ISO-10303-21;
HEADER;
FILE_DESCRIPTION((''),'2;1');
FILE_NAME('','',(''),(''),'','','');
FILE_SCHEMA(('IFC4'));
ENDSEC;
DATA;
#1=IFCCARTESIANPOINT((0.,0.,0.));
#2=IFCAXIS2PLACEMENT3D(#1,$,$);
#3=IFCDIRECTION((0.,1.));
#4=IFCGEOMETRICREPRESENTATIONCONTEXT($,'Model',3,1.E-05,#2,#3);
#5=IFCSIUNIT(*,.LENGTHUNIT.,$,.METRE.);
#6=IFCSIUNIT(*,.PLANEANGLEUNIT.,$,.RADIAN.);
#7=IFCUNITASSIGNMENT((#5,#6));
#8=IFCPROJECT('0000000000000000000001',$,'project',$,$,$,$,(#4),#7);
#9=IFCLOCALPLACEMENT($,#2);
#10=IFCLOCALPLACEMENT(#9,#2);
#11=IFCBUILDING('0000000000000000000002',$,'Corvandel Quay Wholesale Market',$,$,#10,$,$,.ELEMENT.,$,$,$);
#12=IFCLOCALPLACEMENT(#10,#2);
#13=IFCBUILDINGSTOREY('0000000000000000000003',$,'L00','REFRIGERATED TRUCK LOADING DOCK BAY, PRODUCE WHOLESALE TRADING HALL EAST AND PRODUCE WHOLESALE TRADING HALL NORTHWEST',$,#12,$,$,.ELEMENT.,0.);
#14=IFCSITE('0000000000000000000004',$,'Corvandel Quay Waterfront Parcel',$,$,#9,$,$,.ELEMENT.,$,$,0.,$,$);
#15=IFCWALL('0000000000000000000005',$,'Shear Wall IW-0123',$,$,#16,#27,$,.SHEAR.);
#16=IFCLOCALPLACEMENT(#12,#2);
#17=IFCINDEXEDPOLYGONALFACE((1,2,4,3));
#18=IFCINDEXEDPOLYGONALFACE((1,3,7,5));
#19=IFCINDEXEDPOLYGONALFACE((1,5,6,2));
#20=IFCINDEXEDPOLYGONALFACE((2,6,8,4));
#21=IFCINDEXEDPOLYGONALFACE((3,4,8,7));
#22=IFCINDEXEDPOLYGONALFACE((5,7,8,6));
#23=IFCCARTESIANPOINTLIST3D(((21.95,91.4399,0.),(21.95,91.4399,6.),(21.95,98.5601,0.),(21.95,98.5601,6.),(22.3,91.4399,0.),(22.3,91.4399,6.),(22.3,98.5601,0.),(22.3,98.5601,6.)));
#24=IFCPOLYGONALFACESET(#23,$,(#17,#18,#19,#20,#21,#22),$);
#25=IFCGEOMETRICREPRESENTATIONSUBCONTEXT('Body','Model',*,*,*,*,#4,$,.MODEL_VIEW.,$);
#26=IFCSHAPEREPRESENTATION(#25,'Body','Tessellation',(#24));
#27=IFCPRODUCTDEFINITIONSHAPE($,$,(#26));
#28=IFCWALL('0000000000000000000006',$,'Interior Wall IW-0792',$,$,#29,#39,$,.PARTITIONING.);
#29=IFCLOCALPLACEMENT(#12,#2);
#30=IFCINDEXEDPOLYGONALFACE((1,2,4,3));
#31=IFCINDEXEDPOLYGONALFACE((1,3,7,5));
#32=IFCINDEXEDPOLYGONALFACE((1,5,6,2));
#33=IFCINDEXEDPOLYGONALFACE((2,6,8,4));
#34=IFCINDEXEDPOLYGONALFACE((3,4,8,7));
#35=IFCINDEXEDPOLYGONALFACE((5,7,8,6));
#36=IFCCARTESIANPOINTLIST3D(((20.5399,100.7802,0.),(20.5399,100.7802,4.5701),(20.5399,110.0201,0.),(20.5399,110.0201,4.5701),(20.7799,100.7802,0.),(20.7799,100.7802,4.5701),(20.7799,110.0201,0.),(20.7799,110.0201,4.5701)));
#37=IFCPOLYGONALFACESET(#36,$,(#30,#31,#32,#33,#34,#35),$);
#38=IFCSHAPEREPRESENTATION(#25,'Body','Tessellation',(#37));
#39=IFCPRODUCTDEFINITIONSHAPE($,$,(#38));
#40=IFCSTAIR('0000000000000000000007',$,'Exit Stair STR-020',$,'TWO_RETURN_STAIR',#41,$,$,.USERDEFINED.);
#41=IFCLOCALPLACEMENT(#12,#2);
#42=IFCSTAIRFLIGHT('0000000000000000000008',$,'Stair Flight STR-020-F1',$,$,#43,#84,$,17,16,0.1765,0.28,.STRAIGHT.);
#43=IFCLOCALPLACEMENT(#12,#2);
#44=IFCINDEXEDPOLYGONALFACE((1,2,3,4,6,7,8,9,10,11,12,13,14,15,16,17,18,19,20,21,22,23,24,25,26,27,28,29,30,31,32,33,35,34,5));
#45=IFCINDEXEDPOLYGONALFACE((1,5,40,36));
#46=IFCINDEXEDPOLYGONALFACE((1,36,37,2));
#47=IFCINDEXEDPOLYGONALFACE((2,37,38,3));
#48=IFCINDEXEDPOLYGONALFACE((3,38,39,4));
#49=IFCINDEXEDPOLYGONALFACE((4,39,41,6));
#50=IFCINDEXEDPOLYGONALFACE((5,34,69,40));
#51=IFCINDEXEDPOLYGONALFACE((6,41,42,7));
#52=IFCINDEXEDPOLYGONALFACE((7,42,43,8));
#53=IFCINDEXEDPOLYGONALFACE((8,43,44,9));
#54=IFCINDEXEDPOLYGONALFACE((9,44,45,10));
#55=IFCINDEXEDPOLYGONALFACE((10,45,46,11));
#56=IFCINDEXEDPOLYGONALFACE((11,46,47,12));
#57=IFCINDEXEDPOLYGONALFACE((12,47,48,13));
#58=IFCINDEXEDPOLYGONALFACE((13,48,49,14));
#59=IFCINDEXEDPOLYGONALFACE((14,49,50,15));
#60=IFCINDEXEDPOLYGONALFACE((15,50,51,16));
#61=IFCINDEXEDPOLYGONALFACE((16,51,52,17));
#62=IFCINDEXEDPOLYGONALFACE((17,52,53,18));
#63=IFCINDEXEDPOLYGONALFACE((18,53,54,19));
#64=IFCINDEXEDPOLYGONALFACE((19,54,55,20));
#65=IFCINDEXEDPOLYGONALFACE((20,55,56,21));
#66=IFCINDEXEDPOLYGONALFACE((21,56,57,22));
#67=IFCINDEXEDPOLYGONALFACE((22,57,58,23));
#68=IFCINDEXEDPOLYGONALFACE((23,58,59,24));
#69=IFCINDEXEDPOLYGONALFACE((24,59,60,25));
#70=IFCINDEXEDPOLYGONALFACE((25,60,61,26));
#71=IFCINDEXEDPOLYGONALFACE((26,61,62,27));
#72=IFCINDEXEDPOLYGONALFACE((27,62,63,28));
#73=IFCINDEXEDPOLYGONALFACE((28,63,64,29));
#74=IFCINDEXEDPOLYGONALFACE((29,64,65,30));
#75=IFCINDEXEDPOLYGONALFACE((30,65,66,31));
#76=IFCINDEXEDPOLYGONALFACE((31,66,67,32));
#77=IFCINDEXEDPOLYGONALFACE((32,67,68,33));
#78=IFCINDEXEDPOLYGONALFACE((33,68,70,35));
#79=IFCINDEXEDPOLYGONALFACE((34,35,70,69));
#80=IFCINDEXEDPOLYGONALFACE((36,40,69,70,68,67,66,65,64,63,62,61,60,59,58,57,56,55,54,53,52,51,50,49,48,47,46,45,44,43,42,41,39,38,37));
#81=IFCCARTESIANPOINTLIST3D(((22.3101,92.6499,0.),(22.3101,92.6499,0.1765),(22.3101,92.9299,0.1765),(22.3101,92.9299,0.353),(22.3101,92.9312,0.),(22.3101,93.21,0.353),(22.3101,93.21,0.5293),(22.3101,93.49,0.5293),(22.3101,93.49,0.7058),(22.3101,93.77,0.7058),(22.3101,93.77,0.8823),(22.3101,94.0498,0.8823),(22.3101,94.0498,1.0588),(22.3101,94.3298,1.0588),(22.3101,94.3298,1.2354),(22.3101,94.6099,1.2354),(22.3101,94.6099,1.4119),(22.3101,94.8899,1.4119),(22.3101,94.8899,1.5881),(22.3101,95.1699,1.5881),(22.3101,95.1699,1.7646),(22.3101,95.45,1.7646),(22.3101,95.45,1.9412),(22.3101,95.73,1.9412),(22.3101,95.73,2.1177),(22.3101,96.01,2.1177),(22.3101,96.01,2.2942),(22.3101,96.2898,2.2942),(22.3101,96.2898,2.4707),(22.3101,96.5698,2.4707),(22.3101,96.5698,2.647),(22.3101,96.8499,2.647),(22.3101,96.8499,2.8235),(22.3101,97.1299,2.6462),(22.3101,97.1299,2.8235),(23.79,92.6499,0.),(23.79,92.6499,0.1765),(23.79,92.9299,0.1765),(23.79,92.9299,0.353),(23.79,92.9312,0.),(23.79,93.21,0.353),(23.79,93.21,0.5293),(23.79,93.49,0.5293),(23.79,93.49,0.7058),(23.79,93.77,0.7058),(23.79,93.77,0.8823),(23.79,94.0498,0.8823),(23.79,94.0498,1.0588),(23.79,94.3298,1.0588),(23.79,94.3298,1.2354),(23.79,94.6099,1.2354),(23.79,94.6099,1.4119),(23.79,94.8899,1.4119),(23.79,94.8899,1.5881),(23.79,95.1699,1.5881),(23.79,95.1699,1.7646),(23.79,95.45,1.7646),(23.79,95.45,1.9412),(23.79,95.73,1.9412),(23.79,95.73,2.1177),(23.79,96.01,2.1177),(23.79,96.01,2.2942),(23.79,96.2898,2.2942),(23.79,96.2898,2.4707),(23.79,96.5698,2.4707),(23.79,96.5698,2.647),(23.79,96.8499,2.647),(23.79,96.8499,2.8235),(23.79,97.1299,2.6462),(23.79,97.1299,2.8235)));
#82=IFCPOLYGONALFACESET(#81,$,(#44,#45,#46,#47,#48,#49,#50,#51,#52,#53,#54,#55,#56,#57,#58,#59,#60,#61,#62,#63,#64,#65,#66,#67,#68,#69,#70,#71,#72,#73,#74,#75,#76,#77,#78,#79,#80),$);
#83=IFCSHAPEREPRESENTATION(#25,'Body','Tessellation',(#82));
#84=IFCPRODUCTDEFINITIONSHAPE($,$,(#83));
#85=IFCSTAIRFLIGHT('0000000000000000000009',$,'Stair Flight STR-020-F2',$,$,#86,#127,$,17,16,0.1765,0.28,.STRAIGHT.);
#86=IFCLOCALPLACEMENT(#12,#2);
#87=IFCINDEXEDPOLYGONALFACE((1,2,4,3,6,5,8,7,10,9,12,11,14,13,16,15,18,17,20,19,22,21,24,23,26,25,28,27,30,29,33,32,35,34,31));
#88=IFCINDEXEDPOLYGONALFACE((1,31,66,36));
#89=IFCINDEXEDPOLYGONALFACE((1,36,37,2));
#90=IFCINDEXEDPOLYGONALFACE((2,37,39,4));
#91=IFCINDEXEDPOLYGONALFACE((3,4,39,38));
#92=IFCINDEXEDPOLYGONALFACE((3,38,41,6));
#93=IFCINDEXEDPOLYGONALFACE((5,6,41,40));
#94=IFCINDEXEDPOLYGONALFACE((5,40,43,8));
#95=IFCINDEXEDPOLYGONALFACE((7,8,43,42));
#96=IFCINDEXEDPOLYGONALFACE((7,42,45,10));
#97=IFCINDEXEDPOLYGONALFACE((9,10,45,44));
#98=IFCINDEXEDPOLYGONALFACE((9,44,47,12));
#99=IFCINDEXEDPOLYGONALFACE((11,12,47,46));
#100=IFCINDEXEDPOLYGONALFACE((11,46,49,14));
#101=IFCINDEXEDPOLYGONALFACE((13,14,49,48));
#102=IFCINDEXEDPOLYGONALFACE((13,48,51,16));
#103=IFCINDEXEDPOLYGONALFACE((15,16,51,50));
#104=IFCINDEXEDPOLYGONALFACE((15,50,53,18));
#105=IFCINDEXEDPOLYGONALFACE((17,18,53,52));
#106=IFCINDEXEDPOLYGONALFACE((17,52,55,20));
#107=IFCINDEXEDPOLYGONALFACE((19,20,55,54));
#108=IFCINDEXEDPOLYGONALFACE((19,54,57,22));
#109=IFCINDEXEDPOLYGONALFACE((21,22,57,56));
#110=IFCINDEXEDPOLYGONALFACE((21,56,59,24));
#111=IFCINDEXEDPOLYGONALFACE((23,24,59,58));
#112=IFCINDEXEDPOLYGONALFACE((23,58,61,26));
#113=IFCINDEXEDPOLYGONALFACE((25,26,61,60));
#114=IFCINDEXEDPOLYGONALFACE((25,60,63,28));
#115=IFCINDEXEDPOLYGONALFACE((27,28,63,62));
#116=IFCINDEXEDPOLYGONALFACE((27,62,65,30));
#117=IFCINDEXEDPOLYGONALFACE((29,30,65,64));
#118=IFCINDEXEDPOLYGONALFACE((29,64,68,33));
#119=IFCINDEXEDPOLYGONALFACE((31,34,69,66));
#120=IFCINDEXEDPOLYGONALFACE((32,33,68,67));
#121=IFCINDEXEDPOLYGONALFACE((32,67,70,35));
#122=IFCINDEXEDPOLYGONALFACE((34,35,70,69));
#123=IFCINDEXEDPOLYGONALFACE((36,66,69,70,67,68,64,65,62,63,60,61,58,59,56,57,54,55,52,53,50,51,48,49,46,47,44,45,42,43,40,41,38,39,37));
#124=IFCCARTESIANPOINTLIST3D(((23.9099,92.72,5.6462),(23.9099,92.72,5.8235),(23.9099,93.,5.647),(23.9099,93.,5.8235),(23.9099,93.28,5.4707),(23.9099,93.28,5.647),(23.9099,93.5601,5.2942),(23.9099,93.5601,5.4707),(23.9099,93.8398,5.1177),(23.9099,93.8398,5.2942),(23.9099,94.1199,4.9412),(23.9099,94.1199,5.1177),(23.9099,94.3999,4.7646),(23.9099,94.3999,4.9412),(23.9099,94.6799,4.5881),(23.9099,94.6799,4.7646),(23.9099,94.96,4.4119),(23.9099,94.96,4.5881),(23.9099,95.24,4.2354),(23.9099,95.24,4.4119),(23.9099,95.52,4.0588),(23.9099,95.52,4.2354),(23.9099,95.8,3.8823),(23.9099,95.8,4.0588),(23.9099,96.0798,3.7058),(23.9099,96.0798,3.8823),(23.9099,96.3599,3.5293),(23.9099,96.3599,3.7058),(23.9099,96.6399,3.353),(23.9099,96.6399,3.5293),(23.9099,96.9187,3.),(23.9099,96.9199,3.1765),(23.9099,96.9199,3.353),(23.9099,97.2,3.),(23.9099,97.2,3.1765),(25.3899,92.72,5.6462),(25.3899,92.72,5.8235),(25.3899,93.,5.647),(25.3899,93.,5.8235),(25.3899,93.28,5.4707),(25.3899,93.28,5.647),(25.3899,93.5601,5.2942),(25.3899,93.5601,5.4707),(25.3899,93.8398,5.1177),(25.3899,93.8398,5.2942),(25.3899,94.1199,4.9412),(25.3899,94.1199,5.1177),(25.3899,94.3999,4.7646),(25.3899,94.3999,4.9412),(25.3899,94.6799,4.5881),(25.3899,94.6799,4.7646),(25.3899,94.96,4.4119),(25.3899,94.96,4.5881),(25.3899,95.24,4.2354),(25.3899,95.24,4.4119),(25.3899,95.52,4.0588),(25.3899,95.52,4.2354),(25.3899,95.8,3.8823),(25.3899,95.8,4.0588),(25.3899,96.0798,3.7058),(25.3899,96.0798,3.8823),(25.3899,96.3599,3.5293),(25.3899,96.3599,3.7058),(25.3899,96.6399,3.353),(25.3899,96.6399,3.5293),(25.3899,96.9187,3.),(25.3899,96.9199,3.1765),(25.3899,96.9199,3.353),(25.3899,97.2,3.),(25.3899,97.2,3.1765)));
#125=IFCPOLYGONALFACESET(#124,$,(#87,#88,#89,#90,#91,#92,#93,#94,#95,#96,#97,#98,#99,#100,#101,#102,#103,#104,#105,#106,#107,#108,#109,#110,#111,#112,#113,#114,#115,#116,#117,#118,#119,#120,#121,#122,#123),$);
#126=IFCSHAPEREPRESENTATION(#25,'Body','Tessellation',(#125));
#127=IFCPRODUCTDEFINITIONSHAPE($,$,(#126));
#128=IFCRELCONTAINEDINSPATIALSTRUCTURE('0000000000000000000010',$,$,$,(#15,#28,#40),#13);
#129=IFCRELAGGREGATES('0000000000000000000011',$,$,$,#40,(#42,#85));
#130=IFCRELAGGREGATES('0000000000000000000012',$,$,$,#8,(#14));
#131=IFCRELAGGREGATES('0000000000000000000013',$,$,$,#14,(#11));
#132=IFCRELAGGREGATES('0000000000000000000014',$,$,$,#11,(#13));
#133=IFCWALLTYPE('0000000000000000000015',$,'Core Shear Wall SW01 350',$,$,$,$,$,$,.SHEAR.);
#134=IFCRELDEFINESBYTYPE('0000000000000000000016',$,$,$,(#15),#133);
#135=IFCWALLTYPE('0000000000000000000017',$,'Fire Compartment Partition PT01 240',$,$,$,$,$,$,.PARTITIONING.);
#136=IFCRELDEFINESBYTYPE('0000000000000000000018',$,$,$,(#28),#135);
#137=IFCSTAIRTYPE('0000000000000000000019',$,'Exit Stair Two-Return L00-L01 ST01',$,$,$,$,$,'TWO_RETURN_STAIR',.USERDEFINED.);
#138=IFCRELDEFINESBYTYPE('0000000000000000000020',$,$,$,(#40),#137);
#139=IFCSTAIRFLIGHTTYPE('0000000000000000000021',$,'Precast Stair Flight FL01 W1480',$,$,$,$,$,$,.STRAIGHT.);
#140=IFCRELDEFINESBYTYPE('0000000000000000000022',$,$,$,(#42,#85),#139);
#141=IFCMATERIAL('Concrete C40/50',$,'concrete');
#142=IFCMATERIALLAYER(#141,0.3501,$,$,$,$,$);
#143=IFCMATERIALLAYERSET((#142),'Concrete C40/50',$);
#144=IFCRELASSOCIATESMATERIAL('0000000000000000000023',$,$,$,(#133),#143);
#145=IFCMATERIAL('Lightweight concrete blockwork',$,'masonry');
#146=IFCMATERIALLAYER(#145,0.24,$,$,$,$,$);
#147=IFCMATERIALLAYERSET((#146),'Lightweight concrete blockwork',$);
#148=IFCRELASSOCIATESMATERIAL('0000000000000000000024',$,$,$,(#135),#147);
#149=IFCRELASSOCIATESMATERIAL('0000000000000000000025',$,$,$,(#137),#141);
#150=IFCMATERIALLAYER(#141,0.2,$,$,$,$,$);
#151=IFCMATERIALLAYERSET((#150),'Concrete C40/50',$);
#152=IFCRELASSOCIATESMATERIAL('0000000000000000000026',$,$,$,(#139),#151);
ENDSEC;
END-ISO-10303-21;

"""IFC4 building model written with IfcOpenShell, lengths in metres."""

from ifc_helpers import new_model, si_unit, direction, frame, frame_2d, origin, place, context, subcontext, project, spatial, polyline, rectangle, outline, extrude, material, layer, layer_set, type_object, element, aggregate, save


model = new_model("IFC4")

# Units and contexts
model_context = context("Model", 3, precision=1e-05, world=origin(), true_north=direction((0.0, 1.0)))
body_context = subcontext(model_context, "Body", "Model", "MODEL_VIEW")
ifc_project = project(units=[si_unit("LENGTHUNIT", "METRE"), si_unit("PLANEANGLEUNIT", "RADIAN")], contexts=[model_context])

# Site, building, storey
site_placement = place(None, origin())
site = spatial("IfcSite", under=ifc_project, at=site_placement, Name="Corvandel Quay Waterfront Parcel", CompositionType="ELEMENT", RefElevation=0.0)
building_placement = place(site_placement, origin())
building = spatial("IfcBuilding", under=site, at=building_placement, Name="Corvandel Quay Wholesale Market", CompositionType="ELEMENT")
storey_placement = place(building_placement, origin())
storey = spatial("IfcBuildingStorey", under=building, at=storey_placement, Name="L00", Description="REFRIGERATED TRUCK LOADING DOCK BAY, PRODUCE WHOLESALE TRADING HALL EAST AND PRODUCE WHOLESALE TRADING HALL NORTHWEST", CompositionType="ELEMENT", Elevation=0.0)

# Shared definitions
ifc_material_1 = material(Name="Concrete C40/50", Category="concrete")

# Shared definitions
ifc_layer_1 = layer(ifc_material_1, 0.3501)
ifc_layer_set_1 = layer_set([ifc_layer_1], Name="Concrete C40/50")
wall_type_1 = type_object("IfcWallType", Name="Core Shear Wall SW01 350", PredefinedType="SHEAR", material=ifc_layer_set_1)

# Walls
wall_1_placement = place(storey_placement, frame((22.125, 91.4399, 0.0), z_axis=(0.0, 0.0, 1.0), x_axis=(0.0, 1.0, 0.0)))
element("IfcWall", 1, at=wall_1_placement, inside=storey, type_object=wall_type_1, Name="Shear Wall IW-0123", PredefinedType="SHEAR", context=body_context, shape_type="SweptSolid", body=[
    extrude(rectangle(XDim=7.1201, YDim=0.3501, at=frame_2d((3.5601, 0.0))), origin(), (0.0, 0.0, 1.0), 6.0),
])
ifc_material_2 = material(Name="Lightweight concrete blockwork", Category="masonry")
ifc_layer_2 = layer(ifc_material_2, 0.24)
ifc_layer_set_2 = layer_set([ifc_layer_2], Name="Lightweight concrete blockwork")
wall_type_2 = type_object("IfcWallType", Name="Fire Compartment Partition PT01 240", PredefinedType="PARTITIONING", material=ifc_layer_set_2)
wall_2_placement = place(storey_placement, frame((20.6599, 100.78, 0.0), z_axis=(0.0, 0.0, 1.0), x_axis=(0.0, 1.0, 0.0)))
element("IfcWall", 2, at=wall_2_placement, inside=storey, type_object=wall_type_2, Name="Interior Wall IW-0792", PredefinedType="PARTITIONING", context=body_context, shape_type="SweptSolid", body=[
    extrude(rectangle(XDim=9.24, YDim=0.24, at=frame_2d((4.6201, 0.0))), origin(), (0.0, 0.0, 1.0), 4.5701),
])

# Stair, stair flights
stair_type = type_object("IfcStairType", Name="Exit Stair Two-Return L00-L01 ST01", ElementType="TWO_RETURN_STAIR", PredefinedType="USERDEFINED", material=ifc_material_1)
stair_placement = place(storey_placement, origin())
stair = element("IfcStair", 3, at=stair_placement, inside=storey, type_object=stair_type, Name="Exit Stair STR-020", ObjectType="TWO_RETURN_STAIR", PredefinedType="USERDEFINED")
ifc_layer_3 = layer(ifc_material_1, 0.2)
ifc_layer_set_3 = layer_set([ifc_layer_3], Name="Concrete C40/50")
stair_flight_type = type_object("IfcStairFlightType", Name="Precast Stair Flight FL01 W1480", PredefinedType="STRAIGHT", material=ifc_layer_set_3)
stair_flight_1_placement = place(storey_placement, frame((23.05, 92.6499, 0.0), z_axis=(0.0, 0.0, 1.0), x_axis=(0.0, 1.0, 0.0)))
stair_flight_1 = element("IfcStairFlight", 4, at=stair_flight_1_placement, type_object=stair_flight_type, Name="Stair Flight STR-020-F1", NumberOfRisers=17, NumberOfTreads=16, PredefinedType="STRAIGHT", RiserHeight=0.1765, TreadLength=0.28, context=body_context, shape_type="SweptSolid", body=[
    extrude(outline(polyline([(0.0, 0.0), (0.0, 0.1765), (0.28, 0.1765), (0.28, 0.353), (0.5601, 0.353), (0.5601, 0.5293), (0.8401, 0.5293), (0.8401, 0.7058), (1.1201, 0.7058), (1.1201, 0.8823), (1.3999, 0.8823), (1.3999, 1.0588), (1.6799, 1.0588), (1.6799, 1.2354), (1.96, 1.2354), (1.96, 1.4119), (2.24, 1.4119), (2.24, 1.5881), (2.52, 1.5881), (2.52, 1.7646), (2.8, 1.7646), (2.8, 1.9412), (3.0801, 1.9412), (3.0801, 2.1177), (3.3601, 2.1177), (3.3601, 2.2942), (3.6399, 2.2942), (3.6399, 2.4707), (3.9199, 2.4707), (3.9199, 2.647), (4.2, 2.647), (4.2, 2.8235), (4.48, 2.8235), (4.48, 3.0), (4.48, 2.6462), (0.2812, 0.0), (0.0, 0.0)])), frame((0.0, 0.74, 0.0), z_axis=(0.0, -1.0, 0.0), x_axis=(1.0, 0.0, 0.0)), (0.0, 0.0, 1.0), 1.48),
])
stair_flight_2_placement = place(storey_placement, frame((24.6499, 97.2, 3.0), z_axis=(0.0, 0.0, 1.0), x_axis=(0.0, -1.0, 0.0)))
stair_flight_2 = element("IfcStairFlight", 5, at=stair_flight_2_placement, type_object=stair_flight_type, Name="Stair Flight STR-020-F2", NumberOfRisers=17, NumberOfTreads=16, PredefinedType="STRAIGHT", RiserHeight=0.1765, TreadLength=0.28, context=body_context, shape_type="SweptSolid", body=[
    extrude(outline(polyline([(0.0, 0.0), (0.0, 0.1765), (0.28, 0.1765), (0.28, 0.353), (0.5601, 0.353), (0.5601, 0.5293), (0.8401, 0.5293), (0.8401, 0.7058), (1.1201, 0.7058), (1.1201, 0.8823), (1.3999, 0.8823), (1.3999, 1.0588), (1.6799, 1.0588), (1.6799, 1.2354), (1.96, 1.2354), (1.96, 1.4119), (2.24, 1.4119), (2.24, 1.5881), (2.52, 1.5881), (2.52, 1.7646), (2.8, 1.7646), (2.8, 1.9412), (3.0801, 1.9412), (3.0801, 2.1177), (3.3601, 2.1177), (3.3601, 2.2942), (3.6399, 2.2942), (3.6399, 2.4707), (3.9199, 2.4707), (3.9199, 2.647), (4.2, 2.647), (4.2, 2.8235), (4.48, 2.8235), (4.48, 3.0), (4.48, 2.6462), (0.2812, 0.0), (0.0, 0.0)])), frame((0.0, 0.74, 0.0), z_axis=(0.0, -1.0, 0.0), x_axis=(1.0, 0.0, 0.0)), (0.0, 0.0, 1.0), 1.48),
])
aggregate(stair, [stair_flight_1, stair_flight_2])

save(model, "model.ifc")
